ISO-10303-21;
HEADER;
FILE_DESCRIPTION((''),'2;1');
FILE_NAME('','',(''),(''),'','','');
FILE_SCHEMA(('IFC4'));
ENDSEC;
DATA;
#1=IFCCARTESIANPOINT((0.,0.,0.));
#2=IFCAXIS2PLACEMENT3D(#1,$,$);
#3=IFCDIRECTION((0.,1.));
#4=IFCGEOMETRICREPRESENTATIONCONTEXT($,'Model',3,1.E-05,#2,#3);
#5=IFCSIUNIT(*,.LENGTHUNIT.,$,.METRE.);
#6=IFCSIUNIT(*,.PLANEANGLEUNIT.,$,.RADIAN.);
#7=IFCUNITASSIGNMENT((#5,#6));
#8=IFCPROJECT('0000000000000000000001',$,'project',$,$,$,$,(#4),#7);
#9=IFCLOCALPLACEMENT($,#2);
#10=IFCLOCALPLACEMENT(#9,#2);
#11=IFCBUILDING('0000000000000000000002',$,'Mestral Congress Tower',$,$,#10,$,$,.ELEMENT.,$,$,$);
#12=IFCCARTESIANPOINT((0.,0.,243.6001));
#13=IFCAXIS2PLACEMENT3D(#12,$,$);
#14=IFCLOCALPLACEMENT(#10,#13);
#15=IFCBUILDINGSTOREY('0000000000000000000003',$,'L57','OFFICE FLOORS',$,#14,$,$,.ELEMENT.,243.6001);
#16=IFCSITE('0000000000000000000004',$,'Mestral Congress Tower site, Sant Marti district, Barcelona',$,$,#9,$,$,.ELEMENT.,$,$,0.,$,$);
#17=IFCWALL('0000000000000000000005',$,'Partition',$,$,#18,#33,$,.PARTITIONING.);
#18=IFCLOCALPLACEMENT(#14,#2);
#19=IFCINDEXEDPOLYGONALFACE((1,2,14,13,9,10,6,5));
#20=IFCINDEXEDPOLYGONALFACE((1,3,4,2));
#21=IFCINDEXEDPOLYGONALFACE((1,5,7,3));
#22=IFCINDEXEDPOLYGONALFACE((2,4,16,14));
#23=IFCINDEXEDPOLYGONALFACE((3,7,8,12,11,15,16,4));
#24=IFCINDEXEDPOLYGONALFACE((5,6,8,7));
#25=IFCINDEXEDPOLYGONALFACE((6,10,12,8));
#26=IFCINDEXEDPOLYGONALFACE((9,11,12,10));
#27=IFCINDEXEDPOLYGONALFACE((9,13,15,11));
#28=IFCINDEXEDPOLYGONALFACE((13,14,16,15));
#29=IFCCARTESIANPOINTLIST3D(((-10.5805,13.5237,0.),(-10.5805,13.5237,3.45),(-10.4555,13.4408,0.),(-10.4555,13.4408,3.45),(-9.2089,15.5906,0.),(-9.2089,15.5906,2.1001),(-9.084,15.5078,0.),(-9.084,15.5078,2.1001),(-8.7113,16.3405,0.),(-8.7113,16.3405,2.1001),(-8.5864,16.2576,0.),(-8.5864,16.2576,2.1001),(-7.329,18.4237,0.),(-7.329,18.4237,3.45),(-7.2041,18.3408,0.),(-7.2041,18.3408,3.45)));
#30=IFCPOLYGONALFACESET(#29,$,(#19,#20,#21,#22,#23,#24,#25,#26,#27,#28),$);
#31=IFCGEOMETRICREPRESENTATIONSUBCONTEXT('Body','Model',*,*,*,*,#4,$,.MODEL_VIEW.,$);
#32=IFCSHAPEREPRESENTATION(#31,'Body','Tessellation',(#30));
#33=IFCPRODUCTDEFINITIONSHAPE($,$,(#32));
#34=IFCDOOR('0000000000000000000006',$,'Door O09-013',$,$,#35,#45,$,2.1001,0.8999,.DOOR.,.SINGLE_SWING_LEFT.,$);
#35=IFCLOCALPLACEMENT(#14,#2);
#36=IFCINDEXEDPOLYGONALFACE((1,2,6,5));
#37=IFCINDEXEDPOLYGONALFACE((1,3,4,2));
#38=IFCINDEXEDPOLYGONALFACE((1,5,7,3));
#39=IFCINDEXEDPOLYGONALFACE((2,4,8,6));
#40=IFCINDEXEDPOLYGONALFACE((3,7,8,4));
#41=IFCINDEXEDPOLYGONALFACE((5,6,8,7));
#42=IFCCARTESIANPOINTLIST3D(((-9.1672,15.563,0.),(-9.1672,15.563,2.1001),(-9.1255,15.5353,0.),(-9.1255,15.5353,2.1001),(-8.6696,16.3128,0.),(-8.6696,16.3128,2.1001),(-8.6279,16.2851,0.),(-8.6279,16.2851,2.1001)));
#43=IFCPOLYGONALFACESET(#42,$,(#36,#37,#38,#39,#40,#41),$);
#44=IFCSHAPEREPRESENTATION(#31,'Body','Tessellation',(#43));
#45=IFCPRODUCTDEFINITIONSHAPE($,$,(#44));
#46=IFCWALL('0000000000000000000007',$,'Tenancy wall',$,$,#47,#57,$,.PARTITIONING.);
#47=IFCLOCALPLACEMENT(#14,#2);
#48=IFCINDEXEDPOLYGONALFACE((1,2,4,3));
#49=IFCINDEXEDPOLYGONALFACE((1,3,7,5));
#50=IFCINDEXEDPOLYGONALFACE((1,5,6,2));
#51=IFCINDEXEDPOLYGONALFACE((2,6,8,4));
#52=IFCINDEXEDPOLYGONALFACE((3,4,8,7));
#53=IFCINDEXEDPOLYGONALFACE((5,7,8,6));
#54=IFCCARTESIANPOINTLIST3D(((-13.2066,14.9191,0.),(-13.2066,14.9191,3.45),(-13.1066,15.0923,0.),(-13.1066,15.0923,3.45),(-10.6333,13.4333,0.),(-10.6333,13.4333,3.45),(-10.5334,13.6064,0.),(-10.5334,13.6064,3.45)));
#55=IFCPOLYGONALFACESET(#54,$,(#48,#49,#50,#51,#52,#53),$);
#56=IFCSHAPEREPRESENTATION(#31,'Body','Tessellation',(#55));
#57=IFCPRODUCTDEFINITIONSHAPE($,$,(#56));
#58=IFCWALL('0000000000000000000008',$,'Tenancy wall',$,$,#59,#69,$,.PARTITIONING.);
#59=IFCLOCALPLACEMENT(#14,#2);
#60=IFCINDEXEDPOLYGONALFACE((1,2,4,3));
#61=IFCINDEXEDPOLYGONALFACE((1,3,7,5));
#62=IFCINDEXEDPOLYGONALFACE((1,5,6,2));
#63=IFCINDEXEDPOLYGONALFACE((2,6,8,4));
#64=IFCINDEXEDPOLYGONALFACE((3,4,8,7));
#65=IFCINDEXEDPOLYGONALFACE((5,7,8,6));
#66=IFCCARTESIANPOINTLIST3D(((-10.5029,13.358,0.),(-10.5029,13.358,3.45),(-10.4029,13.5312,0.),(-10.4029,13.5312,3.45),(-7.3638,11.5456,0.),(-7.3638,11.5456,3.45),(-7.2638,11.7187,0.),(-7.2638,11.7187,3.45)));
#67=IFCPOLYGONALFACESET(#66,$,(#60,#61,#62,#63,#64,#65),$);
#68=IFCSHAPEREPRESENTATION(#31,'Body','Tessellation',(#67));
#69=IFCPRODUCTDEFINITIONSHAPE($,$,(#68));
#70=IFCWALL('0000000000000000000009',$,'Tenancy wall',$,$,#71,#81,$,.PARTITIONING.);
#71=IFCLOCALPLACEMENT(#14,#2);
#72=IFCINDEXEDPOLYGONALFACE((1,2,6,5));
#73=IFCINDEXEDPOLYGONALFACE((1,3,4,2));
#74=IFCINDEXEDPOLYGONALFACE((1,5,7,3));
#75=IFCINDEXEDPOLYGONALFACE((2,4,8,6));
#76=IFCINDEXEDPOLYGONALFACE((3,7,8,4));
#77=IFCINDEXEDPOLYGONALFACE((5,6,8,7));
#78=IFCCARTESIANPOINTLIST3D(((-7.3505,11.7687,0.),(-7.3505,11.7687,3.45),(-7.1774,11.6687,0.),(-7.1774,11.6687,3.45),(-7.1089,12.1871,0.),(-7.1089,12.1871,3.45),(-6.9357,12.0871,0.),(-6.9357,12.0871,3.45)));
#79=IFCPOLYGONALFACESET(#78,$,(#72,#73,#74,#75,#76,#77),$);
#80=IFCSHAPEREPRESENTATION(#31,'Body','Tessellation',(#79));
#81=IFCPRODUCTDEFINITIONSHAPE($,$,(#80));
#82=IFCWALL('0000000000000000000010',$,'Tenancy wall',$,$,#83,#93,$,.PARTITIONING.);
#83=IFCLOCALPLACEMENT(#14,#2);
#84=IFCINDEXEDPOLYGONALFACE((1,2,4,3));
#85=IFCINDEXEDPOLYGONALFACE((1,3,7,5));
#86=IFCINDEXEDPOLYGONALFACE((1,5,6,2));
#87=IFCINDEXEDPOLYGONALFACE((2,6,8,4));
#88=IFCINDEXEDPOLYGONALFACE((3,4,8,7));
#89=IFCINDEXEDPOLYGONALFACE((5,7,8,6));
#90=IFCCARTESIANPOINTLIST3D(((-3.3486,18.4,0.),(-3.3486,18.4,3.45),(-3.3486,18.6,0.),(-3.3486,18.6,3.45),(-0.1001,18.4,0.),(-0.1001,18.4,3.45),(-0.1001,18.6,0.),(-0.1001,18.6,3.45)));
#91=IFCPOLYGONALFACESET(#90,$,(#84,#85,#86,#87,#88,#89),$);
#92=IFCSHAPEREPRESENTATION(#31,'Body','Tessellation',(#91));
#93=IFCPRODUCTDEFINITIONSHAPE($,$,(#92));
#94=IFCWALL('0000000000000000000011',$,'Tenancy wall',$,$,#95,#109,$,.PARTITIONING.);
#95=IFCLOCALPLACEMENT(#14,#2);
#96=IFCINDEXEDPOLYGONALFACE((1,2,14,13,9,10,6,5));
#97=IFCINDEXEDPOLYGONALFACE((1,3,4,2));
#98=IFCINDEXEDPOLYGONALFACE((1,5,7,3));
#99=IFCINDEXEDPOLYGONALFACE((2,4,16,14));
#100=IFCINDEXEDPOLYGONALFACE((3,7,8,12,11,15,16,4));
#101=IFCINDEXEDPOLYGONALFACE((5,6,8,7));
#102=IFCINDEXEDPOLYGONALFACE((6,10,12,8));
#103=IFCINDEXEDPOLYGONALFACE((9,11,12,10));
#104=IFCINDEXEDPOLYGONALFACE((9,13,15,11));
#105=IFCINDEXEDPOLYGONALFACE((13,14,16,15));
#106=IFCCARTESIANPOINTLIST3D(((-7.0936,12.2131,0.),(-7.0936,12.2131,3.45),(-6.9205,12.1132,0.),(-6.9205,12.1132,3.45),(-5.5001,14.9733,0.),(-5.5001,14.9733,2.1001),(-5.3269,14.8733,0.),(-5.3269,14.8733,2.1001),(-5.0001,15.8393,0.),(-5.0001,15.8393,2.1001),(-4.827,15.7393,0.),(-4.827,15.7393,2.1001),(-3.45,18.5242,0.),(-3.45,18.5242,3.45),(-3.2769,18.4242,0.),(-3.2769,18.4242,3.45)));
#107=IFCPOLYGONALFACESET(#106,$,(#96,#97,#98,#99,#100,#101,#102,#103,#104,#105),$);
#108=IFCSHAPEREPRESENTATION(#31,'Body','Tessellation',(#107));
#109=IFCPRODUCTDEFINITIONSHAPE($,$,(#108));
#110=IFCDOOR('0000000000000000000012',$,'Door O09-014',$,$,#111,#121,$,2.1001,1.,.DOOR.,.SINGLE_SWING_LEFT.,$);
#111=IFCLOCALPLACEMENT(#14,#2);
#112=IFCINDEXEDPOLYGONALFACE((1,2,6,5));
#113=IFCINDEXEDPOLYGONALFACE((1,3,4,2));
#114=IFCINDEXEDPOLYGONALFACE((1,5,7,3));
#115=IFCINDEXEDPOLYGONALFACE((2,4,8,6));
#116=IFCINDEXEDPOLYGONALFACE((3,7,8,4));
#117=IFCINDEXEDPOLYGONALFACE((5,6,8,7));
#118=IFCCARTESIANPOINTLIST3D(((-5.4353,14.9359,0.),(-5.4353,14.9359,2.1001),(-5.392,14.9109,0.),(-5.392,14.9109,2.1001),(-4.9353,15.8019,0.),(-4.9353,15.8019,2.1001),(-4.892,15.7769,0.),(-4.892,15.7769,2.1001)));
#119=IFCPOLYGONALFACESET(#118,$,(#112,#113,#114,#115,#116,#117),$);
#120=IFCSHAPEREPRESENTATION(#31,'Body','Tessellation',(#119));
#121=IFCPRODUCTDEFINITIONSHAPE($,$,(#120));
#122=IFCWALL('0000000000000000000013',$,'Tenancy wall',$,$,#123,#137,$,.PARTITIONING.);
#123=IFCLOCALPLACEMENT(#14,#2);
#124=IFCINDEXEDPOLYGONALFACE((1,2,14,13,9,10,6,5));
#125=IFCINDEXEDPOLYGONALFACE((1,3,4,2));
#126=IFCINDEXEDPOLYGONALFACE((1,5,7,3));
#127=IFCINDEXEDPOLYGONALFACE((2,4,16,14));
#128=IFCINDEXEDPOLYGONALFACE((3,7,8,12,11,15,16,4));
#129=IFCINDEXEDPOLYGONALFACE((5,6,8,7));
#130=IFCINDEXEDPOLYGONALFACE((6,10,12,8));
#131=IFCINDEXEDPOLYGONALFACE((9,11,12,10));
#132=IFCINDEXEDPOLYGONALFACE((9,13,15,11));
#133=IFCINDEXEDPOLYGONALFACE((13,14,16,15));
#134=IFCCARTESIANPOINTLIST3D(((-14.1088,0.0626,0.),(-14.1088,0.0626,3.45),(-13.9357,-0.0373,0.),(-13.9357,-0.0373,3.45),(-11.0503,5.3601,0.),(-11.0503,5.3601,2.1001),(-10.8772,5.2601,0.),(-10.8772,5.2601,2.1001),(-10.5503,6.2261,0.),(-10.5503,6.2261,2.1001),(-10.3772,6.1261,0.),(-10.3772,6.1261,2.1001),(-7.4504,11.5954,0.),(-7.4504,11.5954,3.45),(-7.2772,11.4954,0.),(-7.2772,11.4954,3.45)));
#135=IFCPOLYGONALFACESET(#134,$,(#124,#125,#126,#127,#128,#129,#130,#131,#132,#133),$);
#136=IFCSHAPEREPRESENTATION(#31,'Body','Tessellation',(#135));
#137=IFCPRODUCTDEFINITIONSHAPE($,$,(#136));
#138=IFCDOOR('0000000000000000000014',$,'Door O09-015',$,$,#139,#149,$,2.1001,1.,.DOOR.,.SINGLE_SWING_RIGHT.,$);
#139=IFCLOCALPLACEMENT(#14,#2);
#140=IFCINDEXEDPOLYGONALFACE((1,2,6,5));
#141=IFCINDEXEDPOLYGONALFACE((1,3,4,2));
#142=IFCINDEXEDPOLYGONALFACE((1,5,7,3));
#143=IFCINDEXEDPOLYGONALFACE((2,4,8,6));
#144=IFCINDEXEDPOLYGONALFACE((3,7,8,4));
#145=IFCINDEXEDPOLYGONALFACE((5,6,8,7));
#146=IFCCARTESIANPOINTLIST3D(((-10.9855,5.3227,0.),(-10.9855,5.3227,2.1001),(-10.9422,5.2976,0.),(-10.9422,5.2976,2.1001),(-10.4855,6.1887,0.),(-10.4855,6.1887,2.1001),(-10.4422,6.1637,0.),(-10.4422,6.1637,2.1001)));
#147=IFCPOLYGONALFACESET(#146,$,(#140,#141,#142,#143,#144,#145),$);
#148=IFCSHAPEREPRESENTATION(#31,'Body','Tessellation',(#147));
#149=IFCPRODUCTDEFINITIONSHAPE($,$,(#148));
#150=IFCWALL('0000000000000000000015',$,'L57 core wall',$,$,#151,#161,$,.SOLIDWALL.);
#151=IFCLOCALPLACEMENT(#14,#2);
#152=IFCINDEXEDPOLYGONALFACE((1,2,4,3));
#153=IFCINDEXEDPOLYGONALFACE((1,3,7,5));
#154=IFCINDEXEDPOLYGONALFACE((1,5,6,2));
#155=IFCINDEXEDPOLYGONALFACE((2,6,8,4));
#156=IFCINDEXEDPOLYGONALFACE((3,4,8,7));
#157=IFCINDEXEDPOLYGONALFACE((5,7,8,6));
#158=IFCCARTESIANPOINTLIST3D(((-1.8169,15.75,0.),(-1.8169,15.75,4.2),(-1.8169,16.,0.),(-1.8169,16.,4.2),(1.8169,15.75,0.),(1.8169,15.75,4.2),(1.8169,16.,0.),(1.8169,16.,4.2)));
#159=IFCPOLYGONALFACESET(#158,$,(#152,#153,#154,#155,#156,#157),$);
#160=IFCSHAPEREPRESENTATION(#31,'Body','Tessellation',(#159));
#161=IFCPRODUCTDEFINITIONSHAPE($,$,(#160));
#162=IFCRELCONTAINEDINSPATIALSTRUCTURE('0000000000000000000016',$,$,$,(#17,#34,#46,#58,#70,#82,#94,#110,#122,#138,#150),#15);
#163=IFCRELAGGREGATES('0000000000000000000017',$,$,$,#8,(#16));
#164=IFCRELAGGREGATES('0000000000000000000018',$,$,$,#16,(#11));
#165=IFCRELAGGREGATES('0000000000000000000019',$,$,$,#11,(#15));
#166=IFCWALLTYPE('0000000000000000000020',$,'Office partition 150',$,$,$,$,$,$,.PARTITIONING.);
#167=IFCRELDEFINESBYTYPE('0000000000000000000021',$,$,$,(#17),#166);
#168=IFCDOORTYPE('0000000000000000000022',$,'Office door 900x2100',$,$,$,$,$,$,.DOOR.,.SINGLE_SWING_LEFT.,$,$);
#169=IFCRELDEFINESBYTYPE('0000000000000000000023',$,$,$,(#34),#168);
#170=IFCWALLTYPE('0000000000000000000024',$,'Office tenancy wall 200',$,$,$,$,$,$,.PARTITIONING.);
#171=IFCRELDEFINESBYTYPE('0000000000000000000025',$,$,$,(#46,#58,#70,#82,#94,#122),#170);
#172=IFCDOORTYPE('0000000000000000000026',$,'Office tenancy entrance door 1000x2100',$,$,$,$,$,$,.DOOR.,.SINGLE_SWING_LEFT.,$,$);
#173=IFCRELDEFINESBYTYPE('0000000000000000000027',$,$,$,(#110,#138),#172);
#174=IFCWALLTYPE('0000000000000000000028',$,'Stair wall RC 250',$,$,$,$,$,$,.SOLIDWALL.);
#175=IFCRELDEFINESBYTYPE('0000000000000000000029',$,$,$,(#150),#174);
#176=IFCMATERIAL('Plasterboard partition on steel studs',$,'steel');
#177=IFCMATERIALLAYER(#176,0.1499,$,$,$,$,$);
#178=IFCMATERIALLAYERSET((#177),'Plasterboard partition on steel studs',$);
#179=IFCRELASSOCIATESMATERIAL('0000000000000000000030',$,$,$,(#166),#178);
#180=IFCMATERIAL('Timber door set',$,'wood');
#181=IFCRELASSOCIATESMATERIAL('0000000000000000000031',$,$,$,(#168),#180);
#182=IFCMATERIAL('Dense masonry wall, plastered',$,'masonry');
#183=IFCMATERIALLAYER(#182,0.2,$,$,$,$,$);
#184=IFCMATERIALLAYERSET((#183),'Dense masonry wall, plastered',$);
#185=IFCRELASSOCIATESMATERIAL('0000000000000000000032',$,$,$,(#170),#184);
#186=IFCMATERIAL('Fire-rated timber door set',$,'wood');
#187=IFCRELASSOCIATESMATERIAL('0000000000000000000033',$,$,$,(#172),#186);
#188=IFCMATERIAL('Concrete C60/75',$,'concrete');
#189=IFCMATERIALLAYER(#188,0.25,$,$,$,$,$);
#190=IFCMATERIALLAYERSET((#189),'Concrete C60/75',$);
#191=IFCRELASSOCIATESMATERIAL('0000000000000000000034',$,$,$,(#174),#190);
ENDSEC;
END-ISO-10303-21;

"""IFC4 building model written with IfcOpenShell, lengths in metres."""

from ifc_helpers import new_model, si_unit, direction, frame, frame_2d, origin, place, context, subcontext, project, spatial, rectangle, extrude, material, layer, layer_set, type_object, element, fill, save


model = new_model("IFC4")

# Units and contexts
model_context = context("Model", 3, precision=1e-05, world=origin(), true_north=direction((0.0, 1.0)))
body_context = subcontext(model_context, "Body", "Model", "MODEL_VIEW")
ifc_project = project(units=[si_unit("LENGTHUNIT", "METRE"), si_unit("PLANEANGLEUNIT", "RADIAN")], contexts=[model_context])

# Site, building, storey
site_placement = place(None, origin())
site = spatial("IfcSite", under=ifc_project, at=site_placement, Name="Mestral Congress Tower site, Sant Marti district, Barcelona", CompositionType="ELEMENT", RefElevation=0.0)
building_placement = place(site_placement, origin())
building = spatial("IfcBuilding", under=site, at=building_placement, Name="Mestral Congress Tower", CompositionType="ELEMENT")
storey_placement = place(building_placement, frame((0.0, 0.0, 243.6001)))
storey = spatial("IfcBuildingStorey", under=building, at=storey_placement, Name="L57", Description="OFFICE FLOORS", CompositionType="ELEMENT", Elevation=243.6001)

# Shared definitions
ifc_material_1 = material(Name="Concrete C60/75", Category="concrete")

# Wall, opening, door
ifc_material_2 = material(Name="Plasterboard partition on steel studs", Category="steel")
ifc_layer_1 = layer(ifc_material_2, 0.1499)
ifc_layer_set_1 = layer_set([ifc_layer_1], Name="Plasterboard partition on steel studs")
wall_type_1 = type_object("IfcWallType", Name="Office partition 150", PredefinedType="PARTITIONING", material=ifc_layer_set_1)
wall_1_placement = place(storey_placement, frame((-10.5181, 13.4822, 0.0), z_axis=(0.0, 0.0, 1.0), x_axis=(0.552917, 0.833236, 0.0)))
wall_1 = element("IfcWall", 1, at=wall_1_placement, inside=storey, type_object=wall_type_1, Name="Partition", PredefinedType="PARTITIONING", context=body_context, shape_type="SweptSolid", body=[
    extrude(rectangle(XDim=5.8806, YDim=0.1499, at=frame_2d((2.9404, 0.0))), origin(), (0.0, 0.0, 1.0), 3.45),
])
opening_1_placement = place(wall_1_placement, frame((2.4807, 0.0, 0.0)))
opening_1 = element("IfcOpeningElement", 2, at=opening_1_placement, cuts=wall_1, PredefinedType="OPENING", context=body_context, shape_type="SweptSolid", body=[
    extrude(rectangle(XDim=0.8999, YDim=2.1001, at=frame_2d((0.45, 1.05))), frame((0.0, 0.085, 0.0), z_axis=(0.0, -1.0, 0.0), x_axis=(1.0, 0.0, 0.0)), (0.0, 0.0, 1.0), 0.1699),
])
ifc_material_3 = material(Name="Timber door set", Category="wood")
door_type_1 = type_object("IfcDoorType", Name="Office door 900x2100", OperationType="SINGLE_SWING_LEFT", PredefinedType="DOOR", material=ifc_material_3)
door_1_placement = place(opening_1_placement, origin())
door_1 = element("IfcDoor", 3, at=door_1_placement, inside=storey, type_object=door_type_1, Name="Door O09-013", OperationType="SINGLE_SWING_LEFT", OverallHeight=2.1001, OverallWidth=0.8999, PredefinedType="DOOR", context=body_context, shape_type="SweptSolid", body=[
    extrude(rectangle(XDim=0.8999, YDim=2.1001, at=frame_2d((0.45, 1.05))), frame((0.0, 0.0249, 0.0), z_axis=(0.0, -1.0, 0.0), x_axis=(1.0, 0.0, 0.0)), (0.0, 0.0, 1.0), 0.05),
])
fill(opening_1, door_1)

# Walls
ifc_material_4 = material(Name="Dense masonry wall, plastered", Category="masonry")
ifc_layer_2 = layer(ifc_material_4, 0.2)
ifc_layer_set_2 = layer_set([ifc_layer_2], Name="Dense masonry wall, plastered")
wall_type_2 = type_object("IfcWallType", Name="Office tenancy wall 200", PredefinedType="PARTITIONING", material=ifc_layer_set_2)
wall_2_placement = place(storey_placement, frame((-10.5833, 13.5198, 0.0), z_axis=(0.0, 0.0, 1.0), x_axis=(-0.865999, 0.500045, 0.0)))
element("IfcWall", 4, at=wall_2_placement, inside=storey, type_object=wall_type_2, Name="Tenancy wall", PredefinedType="PARTITIONING", context=body_context, shape_type="SweptSolid", body=[
    extrude(rectangle(XDim=2.9714, YDim=0.2, at=frame_2d((1.4858, 0.0))), origin(), (0.0, 0.0, 1.0), 3.45),
])
wall_3_placement = place(storey_placement, frame((-7.3137, 11.6321, 0.0), z_axis=(0.0, 0.0, 1.0), x_axis=(-0.866013, 0.500022, 0.0)))
element("IfcWall", 5, at=wall_3_placement, inside=storey, type_object=wall_type_2, Name="Tenancy wall", PredefinedType="PARTITIONING", context=body_context, shape_type="SweptSolid", body=[
    extrude(rectangle(XDim=3.6248, YDim=0.2, at=frame_2d((1.8125, 0.0))), origin(), (0.0, 0.0, 1.0), 3.45),
])
wall_4_placement = place(storey_placement, frame((-7.0222, 12.1372, 0.0), z_axis=(0.0, 0.0, 1.0), x_axis=(-0.50016, -0.865933, 0.0)))
element("IfcWall", 6, at=wall_4_placement, inside=storey, type_object=wall_type_2, Name="Tenancy wall", PredefinedType="PARTITIONING", context=body_context, shape_type="SweptSolid", body=[
    extrude(rectangle(XDim=0.4832, YDim=0.2, at=frame_2d((0.2417, 0.0))), origin(), (0.0, 0.0, 1.0), 3.45),
])
wall_5_placement = place(storey_placement, frame((-0.1001, 18.5, 0.0), z_axis=(0.0, 0.0, 1.0), x_axis=(-1.0, 0.0, 0.0)))
element("IfcWall", 7, at=wall_5_placement, inside=storey, type_object=wall_type_2, Name="Tenancy wall", PredefinedType="PARTITIONING", context=body_context, shape_type="SweptSolid", body=[
    extrude(rectangle(XDim=3.2485, YDim=0.2, at=frame_2d((1.6243, 0.0))), origin(), (0.0, 0.0, 1.0), 3.45),
])

# Walls, openings, doors
wall_6_placement = place(storey_placement, frame((-3.3635, 18.4741, 0.0), z_axis=(0.0, 0.0, 1.0), x_axis=(-0.499987, -0.866033, 0.0)))
wall_6 = element("IfcWall", 8, at=wall_6_placement, inside=storey, type_object=wall_type_2, Name="Tenancy wall", PredefinedType="PARTITIONING", context=body_context, shape_type="SweptSolid", body=[
    extrude(rectangle(XDim=7.2874, YDim=0.2, at=frame_2d((3.6436, 0.0))), origin(), (0.0, 0.0, 1.0), 3.45),
])
opening_2_placement = place(wall_6_placement, frame((3.1001, 0.0, 0.0)))
opening_2 = element("IfcOpeningElement", 9, at=opening_2_placement, cuts=wall_6, PredefinedType="OPENING", context=body_context, shape_type="SweptSolid", body=[
    extrude(rectangle(XDim=1.0, YDim=2.1001, at=frame_2d((0.5, 1.05))), frame((0.0, 0.1099, 0.0), z_axis=(0.0, -1.0, 0.0), x_axis=(1.0, 0.0, 0.0)), (0.0, 0.0, 1.0), 0.22),
])
ifc_material_5 = material(Name="Fire-rated timber door set", Category="wood")
door_type_2 = type_object("IfcDoorType", Name="Office tenancy entrance door 1000x2100", OperationType="SINGLE_SWING_LEFT", PredefinedType="DOOR", material=ifc_material_5)
door_2_placement = place(opening_2_placement, origin())
door_2 = element("IfcDoor", 10, at=door_2_placement, inside=storey, type_object=door_type_2, Name="Door O09-014", OperationType="SINGLE_SWING_LEFT", OverallHeight=2.1001, OverallWidth=1.0, PredefinedType="DOOR", context=body_context, shape_type="SweptSolid", body=[
    extrude(rectangle(XDim=1.0, YDim=2.1001, at=frame_2d((0.5, 1.05))), frame((0.0, 0.0249, 0.0), z_axis=(0.0, -1.0, 0.0), x_axis=(1.0, 0.0, 0.0)), (0.0, 0.0, 1.0), 0.05),
])
fill(opening_2, door_2)
wall_7_placement = place(storey_placement, frame((-7.3638, 11.5454, 0.0), z_axis=(0.0, 0.0, 1.0), x_axis=(-0.500002, -0.866024, 0.0)))
wall_7 = element("IfcWall", 11, at=wall_7_placement, inside=storey, type_object=wall_type_2, Name="Tenancy wall", PredefinedType="PARTITIONING", context=body_context, shape_type="SweptSolid", body=[
    extrude(rectangle(XDim=13.3169, YDim=0.2, at=frame_2d((6.6584, 0.0))), origin(), (0.0, 0.0, 1.0), 3.45),
])
opening_3_placement = place(wall_7_placement, frame((6.2, 0.0, 0.0)))
opening_3 = element("IfcOpeningElement", 12, at=opening_3_placement, cuts=wall_7, PredefinedType="OPENING", context=body_context, shape_type="SweptSolid", body=[
    extrude(rectangle(XDim=1.0, YDim=2.1001, at=frame_2d((0.5, 1.05))), frame((0.0, 0.1099, 0.0), z_axis=(0.0, -1.0, 0.0), x_axis=(1.0, 0.0, 0.0)), (0.0, 0.0, 1.0), 0.22),
])
door_3_placement = place(opening_3_placement, origin())
door_3 = element("IfcDoor", 13, at=door_3_placement, inside=storey, type_object=door_type_2, Name="Door O09-015", OperationType="SINGLE_SWING_RIGHT", OverallHeight=2.1001, OverallWidth=1.0, PredefinedType="DOOR", context=body_context, shape_type="SweptSolid", body=[
    extrude(rectangle(XDim=1.0, YDim=2.1001, at=frame_2d((0.5, 1.05))), frame((0.0, 0.0249, 0.0), z_axis=(0.0, -1.0, 0.0), x_axis=(1.0, 0.0, 0.0)), (0.0, 0.0, 1.0), 0.05),
])
fill(opening_3, door_3)

# Wall
ifc_layer_3 = layer(ifc_material_1, 0.25)
ifc_layer_set_3 = layer_set([ifc_layer_3], Name="Concrete C60/75")
wall_type_3 = type_object("IfcWallType", Name="Stair wall RC 250", PredefinedType="SOLIDWALL", material=ifc_layer_set_3)
wall_8_placement = place(storey_placement, frame((-1.8169, 15.875, 0.0), z_axis=(0.0, 0.0, 1.0), x_axis=(1.0, 0.0, 0.0)))
element("IfcWall", 14, at=wall_8_placement, inside=storey, type_object=wall_type_3, Name="L57 core wall", PredefinedType="SOLIDWALL", context=body_context, shape_type="SweptSolid", body=[
    extrude(rectangle(XDim=3.6338, YDim=0.25, at=frame_2d((1.8169, 0.0))), origin(), (0.0, 0.0, 1.0), 4.2),
])

save(model, "model.ifc")
